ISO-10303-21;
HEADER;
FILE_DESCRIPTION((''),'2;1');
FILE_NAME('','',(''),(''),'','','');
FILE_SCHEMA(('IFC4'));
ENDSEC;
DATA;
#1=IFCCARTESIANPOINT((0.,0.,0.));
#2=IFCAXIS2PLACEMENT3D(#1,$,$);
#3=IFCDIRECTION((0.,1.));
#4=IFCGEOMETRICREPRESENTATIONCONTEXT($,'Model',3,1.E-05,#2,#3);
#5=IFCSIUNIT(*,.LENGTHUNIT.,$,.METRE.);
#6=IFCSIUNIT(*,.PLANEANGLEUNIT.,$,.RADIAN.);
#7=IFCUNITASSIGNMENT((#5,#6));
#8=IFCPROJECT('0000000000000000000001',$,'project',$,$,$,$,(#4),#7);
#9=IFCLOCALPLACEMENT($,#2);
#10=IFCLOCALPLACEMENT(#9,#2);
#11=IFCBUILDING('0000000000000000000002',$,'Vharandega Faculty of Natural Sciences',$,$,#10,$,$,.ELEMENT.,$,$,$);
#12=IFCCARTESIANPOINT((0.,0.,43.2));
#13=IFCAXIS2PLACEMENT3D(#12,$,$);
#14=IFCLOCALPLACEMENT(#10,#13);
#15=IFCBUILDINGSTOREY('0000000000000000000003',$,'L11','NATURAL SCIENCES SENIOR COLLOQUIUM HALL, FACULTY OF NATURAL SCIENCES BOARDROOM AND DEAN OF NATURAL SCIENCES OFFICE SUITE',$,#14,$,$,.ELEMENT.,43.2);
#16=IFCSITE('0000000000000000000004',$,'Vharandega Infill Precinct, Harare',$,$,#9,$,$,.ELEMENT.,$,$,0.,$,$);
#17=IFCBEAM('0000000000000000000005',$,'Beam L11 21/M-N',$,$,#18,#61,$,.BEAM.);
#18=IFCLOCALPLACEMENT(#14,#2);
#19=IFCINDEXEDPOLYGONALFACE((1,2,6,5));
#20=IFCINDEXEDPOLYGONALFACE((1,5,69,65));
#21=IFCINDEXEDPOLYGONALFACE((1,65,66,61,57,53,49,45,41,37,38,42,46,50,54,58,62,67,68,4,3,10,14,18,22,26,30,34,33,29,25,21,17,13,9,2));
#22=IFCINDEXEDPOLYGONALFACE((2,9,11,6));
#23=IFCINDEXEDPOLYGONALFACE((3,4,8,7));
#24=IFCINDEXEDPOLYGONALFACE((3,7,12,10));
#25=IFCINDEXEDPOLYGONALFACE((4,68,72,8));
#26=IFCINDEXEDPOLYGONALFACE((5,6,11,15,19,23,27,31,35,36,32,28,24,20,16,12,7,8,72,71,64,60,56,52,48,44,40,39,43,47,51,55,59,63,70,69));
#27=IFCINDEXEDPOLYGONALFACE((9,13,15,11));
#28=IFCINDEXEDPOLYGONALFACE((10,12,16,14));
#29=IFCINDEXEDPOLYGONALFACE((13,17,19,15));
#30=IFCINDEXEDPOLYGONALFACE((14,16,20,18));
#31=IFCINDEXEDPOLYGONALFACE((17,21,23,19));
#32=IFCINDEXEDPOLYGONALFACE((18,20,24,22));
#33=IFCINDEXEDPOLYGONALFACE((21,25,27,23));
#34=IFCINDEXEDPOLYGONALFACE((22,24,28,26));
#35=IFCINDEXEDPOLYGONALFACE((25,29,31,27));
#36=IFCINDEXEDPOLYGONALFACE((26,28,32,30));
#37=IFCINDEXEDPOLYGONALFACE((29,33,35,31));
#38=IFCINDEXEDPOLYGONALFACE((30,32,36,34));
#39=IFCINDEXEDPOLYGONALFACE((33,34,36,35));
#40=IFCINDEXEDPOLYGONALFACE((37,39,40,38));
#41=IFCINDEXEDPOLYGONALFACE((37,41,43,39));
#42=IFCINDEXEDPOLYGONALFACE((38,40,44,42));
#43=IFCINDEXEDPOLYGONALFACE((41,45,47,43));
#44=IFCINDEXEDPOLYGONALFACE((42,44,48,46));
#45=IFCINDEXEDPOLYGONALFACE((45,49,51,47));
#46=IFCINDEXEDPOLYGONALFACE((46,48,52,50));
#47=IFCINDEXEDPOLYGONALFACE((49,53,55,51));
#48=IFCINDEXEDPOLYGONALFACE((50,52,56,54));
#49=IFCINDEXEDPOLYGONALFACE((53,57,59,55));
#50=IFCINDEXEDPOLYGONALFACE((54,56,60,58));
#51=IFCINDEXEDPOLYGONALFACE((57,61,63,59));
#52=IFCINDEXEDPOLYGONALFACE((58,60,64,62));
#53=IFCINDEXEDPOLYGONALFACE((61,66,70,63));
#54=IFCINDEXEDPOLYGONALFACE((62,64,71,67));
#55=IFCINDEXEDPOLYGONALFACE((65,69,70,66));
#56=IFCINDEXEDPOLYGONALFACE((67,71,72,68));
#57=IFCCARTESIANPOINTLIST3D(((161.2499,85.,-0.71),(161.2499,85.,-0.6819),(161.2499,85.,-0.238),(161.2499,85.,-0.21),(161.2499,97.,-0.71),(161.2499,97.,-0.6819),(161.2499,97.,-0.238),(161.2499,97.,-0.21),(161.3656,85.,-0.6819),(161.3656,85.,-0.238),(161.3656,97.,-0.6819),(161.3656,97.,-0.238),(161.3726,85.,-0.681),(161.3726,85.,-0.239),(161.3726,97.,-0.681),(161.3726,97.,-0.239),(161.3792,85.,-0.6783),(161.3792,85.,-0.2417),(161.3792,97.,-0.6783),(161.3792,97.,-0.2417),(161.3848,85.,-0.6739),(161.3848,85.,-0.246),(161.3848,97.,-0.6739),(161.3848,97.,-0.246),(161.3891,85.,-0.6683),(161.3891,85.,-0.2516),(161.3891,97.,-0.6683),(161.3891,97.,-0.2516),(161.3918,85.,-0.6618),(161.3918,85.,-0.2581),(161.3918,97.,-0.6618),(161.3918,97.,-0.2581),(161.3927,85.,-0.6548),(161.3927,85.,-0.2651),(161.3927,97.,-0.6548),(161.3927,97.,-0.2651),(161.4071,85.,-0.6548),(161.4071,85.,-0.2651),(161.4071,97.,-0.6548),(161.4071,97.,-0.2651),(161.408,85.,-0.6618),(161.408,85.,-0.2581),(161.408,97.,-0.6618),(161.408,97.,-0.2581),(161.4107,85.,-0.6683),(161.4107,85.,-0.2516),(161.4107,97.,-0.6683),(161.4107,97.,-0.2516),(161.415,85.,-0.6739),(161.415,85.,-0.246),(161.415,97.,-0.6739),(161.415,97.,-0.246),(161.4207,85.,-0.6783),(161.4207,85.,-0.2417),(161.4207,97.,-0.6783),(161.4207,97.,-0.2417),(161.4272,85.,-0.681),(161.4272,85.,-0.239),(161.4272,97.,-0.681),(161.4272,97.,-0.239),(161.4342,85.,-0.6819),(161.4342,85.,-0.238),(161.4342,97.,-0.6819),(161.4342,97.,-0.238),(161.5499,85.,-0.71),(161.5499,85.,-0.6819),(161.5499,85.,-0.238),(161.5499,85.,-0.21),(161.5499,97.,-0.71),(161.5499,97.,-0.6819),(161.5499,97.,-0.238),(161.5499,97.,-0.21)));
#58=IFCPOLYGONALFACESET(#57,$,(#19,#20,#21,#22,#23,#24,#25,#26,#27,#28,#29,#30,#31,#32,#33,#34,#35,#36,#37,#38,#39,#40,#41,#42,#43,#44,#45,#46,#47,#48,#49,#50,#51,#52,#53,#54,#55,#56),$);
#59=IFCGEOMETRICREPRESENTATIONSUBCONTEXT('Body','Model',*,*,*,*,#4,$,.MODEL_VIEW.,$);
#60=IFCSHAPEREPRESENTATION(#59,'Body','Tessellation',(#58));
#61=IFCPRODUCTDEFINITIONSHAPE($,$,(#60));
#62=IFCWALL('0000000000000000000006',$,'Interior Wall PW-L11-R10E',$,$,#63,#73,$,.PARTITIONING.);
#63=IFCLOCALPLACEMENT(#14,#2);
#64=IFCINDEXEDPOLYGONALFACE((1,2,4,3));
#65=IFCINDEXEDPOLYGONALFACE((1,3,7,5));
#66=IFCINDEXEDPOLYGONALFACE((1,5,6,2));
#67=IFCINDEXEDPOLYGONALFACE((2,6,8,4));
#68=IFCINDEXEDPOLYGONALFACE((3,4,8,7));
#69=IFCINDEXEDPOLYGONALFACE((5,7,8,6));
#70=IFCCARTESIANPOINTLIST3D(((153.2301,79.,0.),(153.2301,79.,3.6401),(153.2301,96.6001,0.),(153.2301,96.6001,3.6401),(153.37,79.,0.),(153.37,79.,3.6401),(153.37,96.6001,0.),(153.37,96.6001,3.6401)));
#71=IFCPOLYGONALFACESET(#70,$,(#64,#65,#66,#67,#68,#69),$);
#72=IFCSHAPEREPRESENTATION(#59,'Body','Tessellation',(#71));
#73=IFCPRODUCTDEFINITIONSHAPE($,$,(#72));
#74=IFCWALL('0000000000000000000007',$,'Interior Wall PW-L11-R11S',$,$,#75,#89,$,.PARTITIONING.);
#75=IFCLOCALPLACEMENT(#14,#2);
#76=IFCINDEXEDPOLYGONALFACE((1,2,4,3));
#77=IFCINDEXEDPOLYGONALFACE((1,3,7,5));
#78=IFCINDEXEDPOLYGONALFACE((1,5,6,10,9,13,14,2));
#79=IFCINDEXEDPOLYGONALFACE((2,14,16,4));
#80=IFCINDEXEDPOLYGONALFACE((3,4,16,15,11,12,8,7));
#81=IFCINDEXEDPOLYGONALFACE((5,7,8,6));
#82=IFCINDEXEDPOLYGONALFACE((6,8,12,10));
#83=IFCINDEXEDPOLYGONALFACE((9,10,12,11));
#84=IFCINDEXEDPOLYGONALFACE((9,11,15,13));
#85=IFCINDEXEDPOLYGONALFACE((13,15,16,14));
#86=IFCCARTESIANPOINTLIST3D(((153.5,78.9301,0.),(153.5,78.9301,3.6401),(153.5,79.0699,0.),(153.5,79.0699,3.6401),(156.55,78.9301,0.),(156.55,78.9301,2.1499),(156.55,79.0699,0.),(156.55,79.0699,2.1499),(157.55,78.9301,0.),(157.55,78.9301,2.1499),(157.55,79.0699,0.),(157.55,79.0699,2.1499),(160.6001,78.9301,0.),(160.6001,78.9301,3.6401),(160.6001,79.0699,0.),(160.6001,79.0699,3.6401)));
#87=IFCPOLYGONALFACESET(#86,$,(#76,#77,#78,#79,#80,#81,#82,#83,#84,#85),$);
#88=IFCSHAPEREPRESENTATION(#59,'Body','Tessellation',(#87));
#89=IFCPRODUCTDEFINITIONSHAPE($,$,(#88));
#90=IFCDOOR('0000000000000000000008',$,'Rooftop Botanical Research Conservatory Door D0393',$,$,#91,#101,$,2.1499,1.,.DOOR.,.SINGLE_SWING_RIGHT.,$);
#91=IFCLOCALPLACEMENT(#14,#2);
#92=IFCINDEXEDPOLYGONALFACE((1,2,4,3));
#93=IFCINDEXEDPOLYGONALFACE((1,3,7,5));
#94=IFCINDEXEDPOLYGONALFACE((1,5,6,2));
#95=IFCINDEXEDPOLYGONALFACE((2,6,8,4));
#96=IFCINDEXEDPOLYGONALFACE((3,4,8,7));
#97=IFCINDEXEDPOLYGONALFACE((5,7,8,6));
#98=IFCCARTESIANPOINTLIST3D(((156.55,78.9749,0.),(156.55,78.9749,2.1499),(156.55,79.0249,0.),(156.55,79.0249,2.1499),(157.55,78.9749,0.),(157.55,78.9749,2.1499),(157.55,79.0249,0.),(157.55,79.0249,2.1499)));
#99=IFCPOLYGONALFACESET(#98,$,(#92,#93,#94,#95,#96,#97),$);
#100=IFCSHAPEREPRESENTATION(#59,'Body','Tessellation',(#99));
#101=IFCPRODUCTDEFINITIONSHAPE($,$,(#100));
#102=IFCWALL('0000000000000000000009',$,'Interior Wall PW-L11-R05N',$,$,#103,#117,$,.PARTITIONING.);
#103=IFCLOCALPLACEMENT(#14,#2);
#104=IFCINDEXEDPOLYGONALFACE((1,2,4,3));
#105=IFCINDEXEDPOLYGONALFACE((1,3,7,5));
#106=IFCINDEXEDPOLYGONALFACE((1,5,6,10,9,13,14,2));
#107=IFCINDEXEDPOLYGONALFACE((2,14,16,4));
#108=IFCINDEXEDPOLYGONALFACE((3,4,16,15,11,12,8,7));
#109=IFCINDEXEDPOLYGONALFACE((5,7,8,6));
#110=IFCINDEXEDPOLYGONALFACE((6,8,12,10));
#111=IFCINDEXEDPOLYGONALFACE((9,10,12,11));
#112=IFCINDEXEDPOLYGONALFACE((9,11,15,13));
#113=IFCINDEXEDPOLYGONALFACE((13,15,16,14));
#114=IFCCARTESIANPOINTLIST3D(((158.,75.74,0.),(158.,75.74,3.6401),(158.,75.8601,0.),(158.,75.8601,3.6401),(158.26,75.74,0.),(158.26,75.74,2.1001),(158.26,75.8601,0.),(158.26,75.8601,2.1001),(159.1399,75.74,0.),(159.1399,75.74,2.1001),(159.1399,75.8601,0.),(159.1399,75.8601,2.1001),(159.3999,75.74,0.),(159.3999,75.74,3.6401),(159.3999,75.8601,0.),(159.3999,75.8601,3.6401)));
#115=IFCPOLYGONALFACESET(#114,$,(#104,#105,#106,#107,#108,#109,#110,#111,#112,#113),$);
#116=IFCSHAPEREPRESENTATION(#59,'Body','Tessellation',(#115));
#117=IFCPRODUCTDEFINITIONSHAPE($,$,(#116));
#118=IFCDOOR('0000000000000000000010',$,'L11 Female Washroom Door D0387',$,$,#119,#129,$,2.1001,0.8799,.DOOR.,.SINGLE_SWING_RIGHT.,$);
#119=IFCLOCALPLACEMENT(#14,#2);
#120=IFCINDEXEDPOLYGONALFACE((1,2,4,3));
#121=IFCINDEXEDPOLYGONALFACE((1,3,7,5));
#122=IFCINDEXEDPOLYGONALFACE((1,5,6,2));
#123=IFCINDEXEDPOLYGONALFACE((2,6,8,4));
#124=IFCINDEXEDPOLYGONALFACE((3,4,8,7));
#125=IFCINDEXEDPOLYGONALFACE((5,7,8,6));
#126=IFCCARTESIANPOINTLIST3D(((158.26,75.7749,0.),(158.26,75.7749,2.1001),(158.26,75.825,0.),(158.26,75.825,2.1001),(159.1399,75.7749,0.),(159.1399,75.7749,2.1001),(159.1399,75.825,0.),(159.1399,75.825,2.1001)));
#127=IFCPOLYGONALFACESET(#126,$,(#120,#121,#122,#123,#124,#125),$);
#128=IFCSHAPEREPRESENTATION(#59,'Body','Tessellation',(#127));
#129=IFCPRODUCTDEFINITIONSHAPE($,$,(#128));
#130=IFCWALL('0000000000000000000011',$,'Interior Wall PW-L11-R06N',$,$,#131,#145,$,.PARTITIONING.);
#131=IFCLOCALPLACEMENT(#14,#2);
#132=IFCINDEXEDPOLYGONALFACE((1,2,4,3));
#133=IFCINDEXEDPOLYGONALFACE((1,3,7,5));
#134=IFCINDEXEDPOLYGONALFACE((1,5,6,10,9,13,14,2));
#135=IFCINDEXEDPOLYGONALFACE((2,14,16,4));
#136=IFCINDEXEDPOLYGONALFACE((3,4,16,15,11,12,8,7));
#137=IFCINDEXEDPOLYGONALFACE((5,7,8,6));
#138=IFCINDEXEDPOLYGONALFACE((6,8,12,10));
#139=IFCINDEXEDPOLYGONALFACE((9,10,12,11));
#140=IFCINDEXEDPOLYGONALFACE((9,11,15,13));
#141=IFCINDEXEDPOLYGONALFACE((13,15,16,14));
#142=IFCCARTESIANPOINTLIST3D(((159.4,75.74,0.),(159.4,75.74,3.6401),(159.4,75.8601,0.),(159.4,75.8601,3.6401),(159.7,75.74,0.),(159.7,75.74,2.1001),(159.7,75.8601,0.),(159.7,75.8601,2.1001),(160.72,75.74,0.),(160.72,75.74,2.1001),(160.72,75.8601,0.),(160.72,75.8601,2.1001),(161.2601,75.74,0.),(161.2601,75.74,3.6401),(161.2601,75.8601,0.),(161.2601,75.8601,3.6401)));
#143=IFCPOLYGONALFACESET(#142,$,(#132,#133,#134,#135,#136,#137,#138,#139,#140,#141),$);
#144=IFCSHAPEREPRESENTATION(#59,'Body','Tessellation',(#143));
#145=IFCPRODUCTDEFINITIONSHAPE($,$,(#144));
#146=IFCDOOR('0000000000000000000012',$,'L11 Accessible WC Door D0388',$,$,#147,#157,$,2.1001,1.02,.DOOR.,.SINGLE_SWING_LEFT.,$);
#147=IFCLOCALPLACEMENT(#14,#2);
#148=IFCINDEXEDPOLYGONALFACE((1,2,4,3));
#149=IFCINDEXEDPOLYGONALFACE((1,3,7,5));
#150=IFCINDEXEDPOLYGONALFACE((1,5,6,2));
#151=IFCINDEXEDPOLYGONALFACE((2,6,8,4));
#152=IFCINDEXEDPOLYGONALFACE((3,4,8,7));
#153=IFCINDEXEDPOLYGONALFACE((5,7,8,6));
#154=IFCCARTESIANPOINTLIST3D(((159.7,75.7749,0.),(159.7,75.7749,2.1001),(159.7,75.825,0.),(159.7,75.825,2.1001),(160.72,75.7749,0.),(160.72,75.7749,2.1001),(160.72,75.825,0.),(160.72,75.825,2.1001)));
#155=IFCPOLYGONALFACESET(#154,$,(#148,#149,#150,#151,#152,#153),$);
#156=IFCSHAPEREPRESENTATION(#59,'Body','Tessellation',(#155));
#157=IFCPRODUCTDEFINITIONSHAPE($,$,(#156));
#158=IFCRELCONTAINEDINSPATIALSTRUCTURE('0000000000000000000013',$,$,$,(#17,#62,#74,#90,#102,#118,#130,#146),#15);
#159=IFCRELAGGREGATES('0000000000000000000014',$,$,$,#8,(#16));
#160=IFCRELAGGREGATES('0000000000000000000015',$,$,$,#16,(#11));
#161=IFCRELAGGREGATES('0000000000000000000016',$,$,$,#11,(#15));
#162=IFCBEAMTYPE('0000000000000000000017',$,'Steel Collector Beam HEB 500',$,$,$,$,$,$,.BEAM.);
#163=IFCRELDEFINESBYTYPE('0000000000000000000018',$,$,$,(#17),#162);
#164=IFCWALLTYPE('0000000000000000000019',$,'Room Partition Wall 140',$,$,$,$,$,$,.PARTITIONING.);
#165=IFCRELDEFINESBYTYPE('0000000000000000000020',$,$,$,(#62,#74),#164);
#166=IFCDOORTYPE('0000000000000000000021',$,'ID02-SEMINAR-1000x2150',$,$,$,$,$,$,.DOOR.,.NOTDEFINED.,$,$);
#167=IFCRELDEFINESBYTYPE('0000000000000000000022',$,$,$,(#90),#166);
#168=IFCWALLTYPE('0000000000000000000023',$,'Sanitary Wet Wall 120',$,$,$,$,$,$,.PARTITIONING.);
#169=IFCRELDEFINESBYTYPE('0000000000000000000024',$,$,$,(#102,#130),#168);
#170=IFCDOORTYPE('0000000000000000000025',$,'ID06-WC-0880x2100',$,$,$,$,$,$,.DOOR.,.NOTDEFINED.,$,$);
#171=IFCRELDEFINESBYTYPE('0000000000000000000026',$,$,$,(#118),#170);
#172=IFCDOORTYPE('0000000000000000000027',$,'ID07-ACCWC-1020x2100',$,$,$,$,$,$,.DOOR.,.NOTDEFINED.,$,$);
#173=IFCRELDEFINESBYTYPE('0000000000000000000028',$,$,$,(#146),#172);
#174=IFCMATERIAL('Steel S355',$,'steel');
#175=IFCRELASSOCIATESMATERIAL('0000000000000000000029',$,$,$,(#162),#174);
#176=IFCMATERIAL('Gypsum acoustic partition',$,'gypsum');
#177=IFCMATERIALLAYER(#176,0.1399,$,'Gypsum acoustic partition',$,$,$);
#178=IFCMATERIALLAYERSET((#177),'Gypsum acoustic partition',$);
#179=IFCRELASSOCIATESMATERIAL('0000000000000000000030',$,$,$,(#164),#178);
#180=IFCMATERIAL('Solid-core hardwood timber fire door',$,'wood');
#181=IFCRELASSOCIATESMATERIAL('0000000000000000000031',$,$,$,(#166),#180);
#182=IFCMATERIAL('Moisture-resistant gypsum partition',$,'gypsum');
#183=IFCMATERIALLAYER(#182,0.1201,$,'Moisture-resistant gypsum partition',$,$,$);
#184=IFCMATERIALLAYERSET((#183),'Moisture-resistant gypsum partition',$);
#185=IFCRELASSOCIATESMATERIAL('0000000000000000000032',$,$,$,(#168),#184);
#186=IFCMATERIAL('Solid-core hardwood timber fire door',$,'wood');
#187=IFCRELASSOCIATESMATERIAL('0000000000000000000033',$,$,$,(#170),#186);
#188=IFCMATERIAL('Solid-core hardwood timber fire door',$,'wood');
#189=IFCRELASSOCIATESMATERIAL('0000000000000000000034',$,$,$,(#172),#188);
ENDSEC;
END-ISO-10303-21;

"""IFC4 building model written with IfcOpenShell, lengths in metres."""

from ifc_helpers import new_model, si_unit, direction, frame, frame_2d, origin, origin_2d, place, context, subcontext, project, spatial, rectangle, i_section, extrude, material, layer, layer_set, material_profile, profile_set, type_object, element, fill, save


model = new_model("IFC4")

# Units and contexts
model_context = context("Model", 3, precision=1e-05, world=origin(), true_north=direction((0.0, 1.0)))
body_context = subcontext(model_context, "Body", "Model", "MODEL_VIEW")
ifc_project = project(units=[si_unit("LENGTHUNIT", "METRE"), si_unit("PLANEANGLEUNIT", "RADIAN")], contexts=[model_context])

# Site, building, storey
site_placement = place(None, origin())
site = spatial("IfcSite", under=ifc_project, at=site_placement, Name="Vharandega Infill Precinct, Harare", CompositionType="ELEMENT", RefElevation=0.0)
building_placement = place(site_placement, origin())
building = spatial("IfcBuilding", under=site, at=building_placement, Name="Vharandega Faculty of Natural Sciences", CompositionType="ELEMENT")
storey_placement = place(building_placement, frame((0.0, 0.0, 43.2)))
storey = spatial("IfcBuildingStorey", under=building, at=storey_placement, Name="L11", Description="NATURAL SCIENCES SENIOR COLLOQUIUM HALL, FACULTY OF NATURAL SCIENCES BOARDROOM AND DEAN OF NATURAL SCIENCES OFFICE SUITE", CompositionType="ELEMENT", Elevation=43.2)

# Beam
ifc_material_1 = material(Name="Steel S355", Category="steel")
ifc_material_profile_1 = material_profile(ifc_material_1, i_section(OverallWidth=0.3, OverallDepth=0.5, WebThickness=0.0144, FlangeThickness=0.0281, FilletRadius=0.0271, at=origin_2d()), Name="HEB 500")
ifc_profile_set_1 = profile_set([ifc_material_profile_1], Name="Steel S355")
beam_type_1 = type_object("IfcBeamType", Name="Steel Collector Beam HEB 500", PredefinedType="BEAM", material=ifc_profile_set_1)
for number, where, z_axis, x_axis, name in (
    (1, (161.3999, 85.0, -0.46), (0.0, 1.0, 0.0), (-1.0, 0.0, 0.0), "Beam L11 21/M-N"),
):
    element("IfcBeam", number, at=place(storey_placement, frame(where, z_axis=z_axis, x_axis=x_axis)), inside=storey, type_object=beam_type_1, Name=name, PredefinedType="BEAM", context=body_context, shape_type="SweptSolid", body=[
        extrude(i_section(OverallWidth=0.3, OverallDepth=0.5, WebThickness=0.0144, FlangeThickness=0.0281, FilletRadius=0.0271, at=origin_2d()), origin(), (0.0, 0.0, 1.0), 12.0),
    ])

# Wall
ifc_material_2 = material(Name="Gypsum acoustic partition", Category="gypsum")
ifc_layer_1 = layer(ifc_material_2, 0.1399, Name="Gypsum acoustic partition")
ifc_layer_set_1 = layer_set([ifc_layer_1], Name="Gypsum acoustic partition")
wall_type_1 = type_object("IfcWallType", Name="Room Partition Wall 140", PredefinedType="PARTITIONING", material=ifc_layer_set_1)
wall_1_placement = place(storey_placement, frame((153.3, 79.0, 0.0), z_axis=(0.0, 0.0, 1.0), x_axis=(0.0, 1.0, 0.0)))
element("IfcWall", 2, at=wall_1_placement, inside=storey, type_object=wall_type_1, Name="Interior Wall PW-L11-R10E", PredefinedType="PARTITIONING", context=body_context, shape_type="SweptSolid", body=[
    extrude(rectangle(XDim=17.6001, YDim=0.1399, at=frame_2d((8.8, 0.0))), origin(), (0.0, 0.0, 1.0), 3.6401),
])

# Walls, openings, doors
wall_2_placement = place(storey_placement, frame((153.5, 79.0, 0.0), z_axis=(0.0, 0.0, 1.0), x_axis=(1.0, 0.0, 0.0)))
wall_2 = element("IfcWall", 3, at=wall_2_placement, inside=storey, type_object=wall_type_1, Name="Interior Wall PW-L11-R11S", PredefinedType="PARTITIONING", context=body_context, shape_type="SweptSolid", body=[
    extrude(rectangle(XDim=7.1001, YDim=0.1399, at=frame_2d((3.55, 0.0))), origin(), (0.0, 0.0, 1.0), 3.6401),
])
opening_1_placement = place(wall_2_placement, frame((3.05, 0.0, 0.0)))
opening_1 = element("IfcOpeningElement", 4, at=opening_1_placement, cuts=wall_2, PredefinedType="OPENING", context=body_context, shape_type="SweptSolid", body=[
    extrude(rectangle(XDim=1.0, YDim=2.1499, at=frame_2d((0.5, 1.075))), frame((0.0, 0.0801, 0.0), z_axis=(0.0, -1.0, 0.0), x_axis=(1.0, 0.0, 0.0)), (0.0, 0.0, 1.0), 0.1599),
])
ifc_material_3 = material(Name="Solid-core hardwood timber fire door", Category="wood")
door_type_1 = type_object("IfcDoorType", Name="ID02-SEMINAR-1000x2150", OperationType="NOTDEFINED", PredefinedType="DOOR", material=ifc_material_3)
door_1_placement = place(opening_1_placement, origin())
door_1 = element("IfcDoor", 5, at=door_1_placement, inside=storey, type_object=door_type_1, Name="Rooftop Botanical Research Conservatory Door D0393", OperationType="SINGLE_SWING_RIGHT", OverallHeight=2.1499, OverallWidth=1.0, PredefinedType="DOOR", context=body_context, shape_type="SweptSolid", body=[
    extrude(rectangle(XDim=1.0, YDim=2.1499, at=frame_2d((0.5, 1.075))), frame((0.0, 0.0249, 0.0), z_axis=(0.0, -1.0, 0.0), x_axis=(1.0, 0.0, 0.0)), (0.0, 0.0, 1.0), 0.05),
])
fill(opening_1, door_1)
ifc_material_4 = material(Name="Moisture-resistant gypsum partition", Category="gypsum")
ifc_layer_2 = layer(ifc_material_4, 0.1201, Name="Moisture-resistant gypsum partition")
ifc_layer_set_2 = layer_set([ifc_layer_2], Name="Moisture-resistant gypsum partition")
wall_type_2 = type_object("IfcWallType", Name="Sanitary Wet Wall 120", PredefinedType="PARTITIONING", material=ifc_layer_set_2)
wall_3_placement = place(storey_placement, frame((158.0, 75.8, 0.0), z_axis=(0.0, 0.0, 1.0), x_axis=(1.0, 0.0, 0.0)))
wall_3 = element("IfcWall", 6, at=wall_3_placement, inside=storey, type_object=wall_type_2, Name="Interior Wall PW-L11-R05N", PredefinedType="PARTITIONING", context=body_context, shape_type="SweptSolid", body=[
    extrude(rectangle(XDim=1.3999, YDim=0.1201, at=frame_2d((0.7, 0.0))), origin(), (0.0, 0.0, 1.0), 3.6401),
])
opening_2_placement = place(wall_3_placement, frame((0.26, 0.0, 0.0)))
opening_2 = element("IfcOpeningElement", 7, at=opening_2_placement, cuts=wall_3, PredefinedType="OPENING", context=body_context, shape_type="SweptSolid", body=[
    extrude(rectangle(XDim=0.8799, YDim=2.1001, at=frame_2d((0.4399, 1.05))), frame((0.0, 0.0701, 0.0), z_axis=(0.0, -1.0, 0.0), x_axis=(1.0, 0.0, 0.0)), (0.0, 0.0, 1.0), 0.1401),
])
ifc_material_5 = material(Name="Solid-core hardwood timber fire door", Category="wood")
door_type_2 = type_object("IfcDoorType", Name="ID06-WC-0880x2100", OperationType="NOTDEFINED", PredefinedType="DOOR", material=ifc_material_5)
door_2_placement = place(opening_2_placement, origin())
door_2 = element("IfcDoor", 8, at=door_2_placement, inside=storey, type_object=door_type_2, Name="L11 Female Washroom Door D0387", OperationType="SINGLE_SWING_RIGHT", OverallHeight=2.1001, OverallWidth=0.8799, PredefinedType="DOOR", context=body_context, shape_type="SweptSolid", body=[
    extrude(rectangle(XDim=0.8799, YDim=2.1001, at=frame_2d((0.4399, 1.05))), frame((0.0, 0.0249, 0.0), z_axis=(0.0, -1.0, 0.0), x_axis=(1.0, 0.0, 0.0)), (0.0, 0.0, 1.0), 0.05),
])
fill(opening_2, door_2)
wall_4_placement = place(storey_placement, frame((159.3999, 75.8, 0.0), z_axis=(0.0, 0.0, 1.0), x_axis=(1.0, 0.0, 0.0)))
wall_4 = element("IfcWall", 9, at=wall_4_placement, inside=storey, type_object=wall_type_2, Name="Interior Wall PW-L11-R06N", PredefinedType="PARTITIONING", context=body_context, shape_type="SweptSolid", body=[
    extrude(rectangle(XDim=1.8601, YDim=0.1201, at=frame_2d((0.9302, 0.0))), origin(), (0.0, 0.0, 1.0), 3.6401),
])
opening_3_placement = place(wall_4_placement, frame((0.3, 0.0, 0.0)))
opening_3 = element("IfcOpeningElement", 10, at=opening_3_placement, cuts=wall_4, PredefinedType="OPENING", context=body_context, shape_type="SweptSolid", body=[
    extrude(rectangle(XDim=1.02, YDim=2.1001, at=frame_2d((0.51, 1.05))), frame((0.0, 0.0701, 0.0), z_axis=(0.0, -1.0, 0.0), x_axis=(1.0, 0.0, 0.0)), (0.0, 0.0, 1.0), 0.1401),
])
ifc_material_6 = material(Name="Solid-core hardwood timber fire door", Category="wood")
door_type_3 = type_object("IfcDoorType", Name="ID07-ACCWC-1020x2100", OperationType="NOTDEFINED", PredefinedType="DOOR", material=ifc_material_6)
door_3_placement = place(opening_3_placement, origin())
door_3 = element("IfcDoor", 11, at=door_3_placement, inside=storey, type_object=door_type_3, Name="L11 Accessible WC Door D0388", OperationType="SINGLE_SWING_LEFT", OverallHeight=2.1001, OverallWidth=1.02, PredefinedType="DOOR", context=body_context, shape_type="SweptSolid", body=[
    extrude(rectangle(XDim=1.02, YDim=2.1001, at=frame_2d((0.51, 1.05))), frame((0.0, 0.0249, 0.0), z_axis=(0.0, -1.0, 0.0), x_axis=(1.0, 0.0, 0.0)), (0.0, 0.0, 1.0), 0.05),
])
fill(opening_3, door_3)

save(model, "model.ifc")
